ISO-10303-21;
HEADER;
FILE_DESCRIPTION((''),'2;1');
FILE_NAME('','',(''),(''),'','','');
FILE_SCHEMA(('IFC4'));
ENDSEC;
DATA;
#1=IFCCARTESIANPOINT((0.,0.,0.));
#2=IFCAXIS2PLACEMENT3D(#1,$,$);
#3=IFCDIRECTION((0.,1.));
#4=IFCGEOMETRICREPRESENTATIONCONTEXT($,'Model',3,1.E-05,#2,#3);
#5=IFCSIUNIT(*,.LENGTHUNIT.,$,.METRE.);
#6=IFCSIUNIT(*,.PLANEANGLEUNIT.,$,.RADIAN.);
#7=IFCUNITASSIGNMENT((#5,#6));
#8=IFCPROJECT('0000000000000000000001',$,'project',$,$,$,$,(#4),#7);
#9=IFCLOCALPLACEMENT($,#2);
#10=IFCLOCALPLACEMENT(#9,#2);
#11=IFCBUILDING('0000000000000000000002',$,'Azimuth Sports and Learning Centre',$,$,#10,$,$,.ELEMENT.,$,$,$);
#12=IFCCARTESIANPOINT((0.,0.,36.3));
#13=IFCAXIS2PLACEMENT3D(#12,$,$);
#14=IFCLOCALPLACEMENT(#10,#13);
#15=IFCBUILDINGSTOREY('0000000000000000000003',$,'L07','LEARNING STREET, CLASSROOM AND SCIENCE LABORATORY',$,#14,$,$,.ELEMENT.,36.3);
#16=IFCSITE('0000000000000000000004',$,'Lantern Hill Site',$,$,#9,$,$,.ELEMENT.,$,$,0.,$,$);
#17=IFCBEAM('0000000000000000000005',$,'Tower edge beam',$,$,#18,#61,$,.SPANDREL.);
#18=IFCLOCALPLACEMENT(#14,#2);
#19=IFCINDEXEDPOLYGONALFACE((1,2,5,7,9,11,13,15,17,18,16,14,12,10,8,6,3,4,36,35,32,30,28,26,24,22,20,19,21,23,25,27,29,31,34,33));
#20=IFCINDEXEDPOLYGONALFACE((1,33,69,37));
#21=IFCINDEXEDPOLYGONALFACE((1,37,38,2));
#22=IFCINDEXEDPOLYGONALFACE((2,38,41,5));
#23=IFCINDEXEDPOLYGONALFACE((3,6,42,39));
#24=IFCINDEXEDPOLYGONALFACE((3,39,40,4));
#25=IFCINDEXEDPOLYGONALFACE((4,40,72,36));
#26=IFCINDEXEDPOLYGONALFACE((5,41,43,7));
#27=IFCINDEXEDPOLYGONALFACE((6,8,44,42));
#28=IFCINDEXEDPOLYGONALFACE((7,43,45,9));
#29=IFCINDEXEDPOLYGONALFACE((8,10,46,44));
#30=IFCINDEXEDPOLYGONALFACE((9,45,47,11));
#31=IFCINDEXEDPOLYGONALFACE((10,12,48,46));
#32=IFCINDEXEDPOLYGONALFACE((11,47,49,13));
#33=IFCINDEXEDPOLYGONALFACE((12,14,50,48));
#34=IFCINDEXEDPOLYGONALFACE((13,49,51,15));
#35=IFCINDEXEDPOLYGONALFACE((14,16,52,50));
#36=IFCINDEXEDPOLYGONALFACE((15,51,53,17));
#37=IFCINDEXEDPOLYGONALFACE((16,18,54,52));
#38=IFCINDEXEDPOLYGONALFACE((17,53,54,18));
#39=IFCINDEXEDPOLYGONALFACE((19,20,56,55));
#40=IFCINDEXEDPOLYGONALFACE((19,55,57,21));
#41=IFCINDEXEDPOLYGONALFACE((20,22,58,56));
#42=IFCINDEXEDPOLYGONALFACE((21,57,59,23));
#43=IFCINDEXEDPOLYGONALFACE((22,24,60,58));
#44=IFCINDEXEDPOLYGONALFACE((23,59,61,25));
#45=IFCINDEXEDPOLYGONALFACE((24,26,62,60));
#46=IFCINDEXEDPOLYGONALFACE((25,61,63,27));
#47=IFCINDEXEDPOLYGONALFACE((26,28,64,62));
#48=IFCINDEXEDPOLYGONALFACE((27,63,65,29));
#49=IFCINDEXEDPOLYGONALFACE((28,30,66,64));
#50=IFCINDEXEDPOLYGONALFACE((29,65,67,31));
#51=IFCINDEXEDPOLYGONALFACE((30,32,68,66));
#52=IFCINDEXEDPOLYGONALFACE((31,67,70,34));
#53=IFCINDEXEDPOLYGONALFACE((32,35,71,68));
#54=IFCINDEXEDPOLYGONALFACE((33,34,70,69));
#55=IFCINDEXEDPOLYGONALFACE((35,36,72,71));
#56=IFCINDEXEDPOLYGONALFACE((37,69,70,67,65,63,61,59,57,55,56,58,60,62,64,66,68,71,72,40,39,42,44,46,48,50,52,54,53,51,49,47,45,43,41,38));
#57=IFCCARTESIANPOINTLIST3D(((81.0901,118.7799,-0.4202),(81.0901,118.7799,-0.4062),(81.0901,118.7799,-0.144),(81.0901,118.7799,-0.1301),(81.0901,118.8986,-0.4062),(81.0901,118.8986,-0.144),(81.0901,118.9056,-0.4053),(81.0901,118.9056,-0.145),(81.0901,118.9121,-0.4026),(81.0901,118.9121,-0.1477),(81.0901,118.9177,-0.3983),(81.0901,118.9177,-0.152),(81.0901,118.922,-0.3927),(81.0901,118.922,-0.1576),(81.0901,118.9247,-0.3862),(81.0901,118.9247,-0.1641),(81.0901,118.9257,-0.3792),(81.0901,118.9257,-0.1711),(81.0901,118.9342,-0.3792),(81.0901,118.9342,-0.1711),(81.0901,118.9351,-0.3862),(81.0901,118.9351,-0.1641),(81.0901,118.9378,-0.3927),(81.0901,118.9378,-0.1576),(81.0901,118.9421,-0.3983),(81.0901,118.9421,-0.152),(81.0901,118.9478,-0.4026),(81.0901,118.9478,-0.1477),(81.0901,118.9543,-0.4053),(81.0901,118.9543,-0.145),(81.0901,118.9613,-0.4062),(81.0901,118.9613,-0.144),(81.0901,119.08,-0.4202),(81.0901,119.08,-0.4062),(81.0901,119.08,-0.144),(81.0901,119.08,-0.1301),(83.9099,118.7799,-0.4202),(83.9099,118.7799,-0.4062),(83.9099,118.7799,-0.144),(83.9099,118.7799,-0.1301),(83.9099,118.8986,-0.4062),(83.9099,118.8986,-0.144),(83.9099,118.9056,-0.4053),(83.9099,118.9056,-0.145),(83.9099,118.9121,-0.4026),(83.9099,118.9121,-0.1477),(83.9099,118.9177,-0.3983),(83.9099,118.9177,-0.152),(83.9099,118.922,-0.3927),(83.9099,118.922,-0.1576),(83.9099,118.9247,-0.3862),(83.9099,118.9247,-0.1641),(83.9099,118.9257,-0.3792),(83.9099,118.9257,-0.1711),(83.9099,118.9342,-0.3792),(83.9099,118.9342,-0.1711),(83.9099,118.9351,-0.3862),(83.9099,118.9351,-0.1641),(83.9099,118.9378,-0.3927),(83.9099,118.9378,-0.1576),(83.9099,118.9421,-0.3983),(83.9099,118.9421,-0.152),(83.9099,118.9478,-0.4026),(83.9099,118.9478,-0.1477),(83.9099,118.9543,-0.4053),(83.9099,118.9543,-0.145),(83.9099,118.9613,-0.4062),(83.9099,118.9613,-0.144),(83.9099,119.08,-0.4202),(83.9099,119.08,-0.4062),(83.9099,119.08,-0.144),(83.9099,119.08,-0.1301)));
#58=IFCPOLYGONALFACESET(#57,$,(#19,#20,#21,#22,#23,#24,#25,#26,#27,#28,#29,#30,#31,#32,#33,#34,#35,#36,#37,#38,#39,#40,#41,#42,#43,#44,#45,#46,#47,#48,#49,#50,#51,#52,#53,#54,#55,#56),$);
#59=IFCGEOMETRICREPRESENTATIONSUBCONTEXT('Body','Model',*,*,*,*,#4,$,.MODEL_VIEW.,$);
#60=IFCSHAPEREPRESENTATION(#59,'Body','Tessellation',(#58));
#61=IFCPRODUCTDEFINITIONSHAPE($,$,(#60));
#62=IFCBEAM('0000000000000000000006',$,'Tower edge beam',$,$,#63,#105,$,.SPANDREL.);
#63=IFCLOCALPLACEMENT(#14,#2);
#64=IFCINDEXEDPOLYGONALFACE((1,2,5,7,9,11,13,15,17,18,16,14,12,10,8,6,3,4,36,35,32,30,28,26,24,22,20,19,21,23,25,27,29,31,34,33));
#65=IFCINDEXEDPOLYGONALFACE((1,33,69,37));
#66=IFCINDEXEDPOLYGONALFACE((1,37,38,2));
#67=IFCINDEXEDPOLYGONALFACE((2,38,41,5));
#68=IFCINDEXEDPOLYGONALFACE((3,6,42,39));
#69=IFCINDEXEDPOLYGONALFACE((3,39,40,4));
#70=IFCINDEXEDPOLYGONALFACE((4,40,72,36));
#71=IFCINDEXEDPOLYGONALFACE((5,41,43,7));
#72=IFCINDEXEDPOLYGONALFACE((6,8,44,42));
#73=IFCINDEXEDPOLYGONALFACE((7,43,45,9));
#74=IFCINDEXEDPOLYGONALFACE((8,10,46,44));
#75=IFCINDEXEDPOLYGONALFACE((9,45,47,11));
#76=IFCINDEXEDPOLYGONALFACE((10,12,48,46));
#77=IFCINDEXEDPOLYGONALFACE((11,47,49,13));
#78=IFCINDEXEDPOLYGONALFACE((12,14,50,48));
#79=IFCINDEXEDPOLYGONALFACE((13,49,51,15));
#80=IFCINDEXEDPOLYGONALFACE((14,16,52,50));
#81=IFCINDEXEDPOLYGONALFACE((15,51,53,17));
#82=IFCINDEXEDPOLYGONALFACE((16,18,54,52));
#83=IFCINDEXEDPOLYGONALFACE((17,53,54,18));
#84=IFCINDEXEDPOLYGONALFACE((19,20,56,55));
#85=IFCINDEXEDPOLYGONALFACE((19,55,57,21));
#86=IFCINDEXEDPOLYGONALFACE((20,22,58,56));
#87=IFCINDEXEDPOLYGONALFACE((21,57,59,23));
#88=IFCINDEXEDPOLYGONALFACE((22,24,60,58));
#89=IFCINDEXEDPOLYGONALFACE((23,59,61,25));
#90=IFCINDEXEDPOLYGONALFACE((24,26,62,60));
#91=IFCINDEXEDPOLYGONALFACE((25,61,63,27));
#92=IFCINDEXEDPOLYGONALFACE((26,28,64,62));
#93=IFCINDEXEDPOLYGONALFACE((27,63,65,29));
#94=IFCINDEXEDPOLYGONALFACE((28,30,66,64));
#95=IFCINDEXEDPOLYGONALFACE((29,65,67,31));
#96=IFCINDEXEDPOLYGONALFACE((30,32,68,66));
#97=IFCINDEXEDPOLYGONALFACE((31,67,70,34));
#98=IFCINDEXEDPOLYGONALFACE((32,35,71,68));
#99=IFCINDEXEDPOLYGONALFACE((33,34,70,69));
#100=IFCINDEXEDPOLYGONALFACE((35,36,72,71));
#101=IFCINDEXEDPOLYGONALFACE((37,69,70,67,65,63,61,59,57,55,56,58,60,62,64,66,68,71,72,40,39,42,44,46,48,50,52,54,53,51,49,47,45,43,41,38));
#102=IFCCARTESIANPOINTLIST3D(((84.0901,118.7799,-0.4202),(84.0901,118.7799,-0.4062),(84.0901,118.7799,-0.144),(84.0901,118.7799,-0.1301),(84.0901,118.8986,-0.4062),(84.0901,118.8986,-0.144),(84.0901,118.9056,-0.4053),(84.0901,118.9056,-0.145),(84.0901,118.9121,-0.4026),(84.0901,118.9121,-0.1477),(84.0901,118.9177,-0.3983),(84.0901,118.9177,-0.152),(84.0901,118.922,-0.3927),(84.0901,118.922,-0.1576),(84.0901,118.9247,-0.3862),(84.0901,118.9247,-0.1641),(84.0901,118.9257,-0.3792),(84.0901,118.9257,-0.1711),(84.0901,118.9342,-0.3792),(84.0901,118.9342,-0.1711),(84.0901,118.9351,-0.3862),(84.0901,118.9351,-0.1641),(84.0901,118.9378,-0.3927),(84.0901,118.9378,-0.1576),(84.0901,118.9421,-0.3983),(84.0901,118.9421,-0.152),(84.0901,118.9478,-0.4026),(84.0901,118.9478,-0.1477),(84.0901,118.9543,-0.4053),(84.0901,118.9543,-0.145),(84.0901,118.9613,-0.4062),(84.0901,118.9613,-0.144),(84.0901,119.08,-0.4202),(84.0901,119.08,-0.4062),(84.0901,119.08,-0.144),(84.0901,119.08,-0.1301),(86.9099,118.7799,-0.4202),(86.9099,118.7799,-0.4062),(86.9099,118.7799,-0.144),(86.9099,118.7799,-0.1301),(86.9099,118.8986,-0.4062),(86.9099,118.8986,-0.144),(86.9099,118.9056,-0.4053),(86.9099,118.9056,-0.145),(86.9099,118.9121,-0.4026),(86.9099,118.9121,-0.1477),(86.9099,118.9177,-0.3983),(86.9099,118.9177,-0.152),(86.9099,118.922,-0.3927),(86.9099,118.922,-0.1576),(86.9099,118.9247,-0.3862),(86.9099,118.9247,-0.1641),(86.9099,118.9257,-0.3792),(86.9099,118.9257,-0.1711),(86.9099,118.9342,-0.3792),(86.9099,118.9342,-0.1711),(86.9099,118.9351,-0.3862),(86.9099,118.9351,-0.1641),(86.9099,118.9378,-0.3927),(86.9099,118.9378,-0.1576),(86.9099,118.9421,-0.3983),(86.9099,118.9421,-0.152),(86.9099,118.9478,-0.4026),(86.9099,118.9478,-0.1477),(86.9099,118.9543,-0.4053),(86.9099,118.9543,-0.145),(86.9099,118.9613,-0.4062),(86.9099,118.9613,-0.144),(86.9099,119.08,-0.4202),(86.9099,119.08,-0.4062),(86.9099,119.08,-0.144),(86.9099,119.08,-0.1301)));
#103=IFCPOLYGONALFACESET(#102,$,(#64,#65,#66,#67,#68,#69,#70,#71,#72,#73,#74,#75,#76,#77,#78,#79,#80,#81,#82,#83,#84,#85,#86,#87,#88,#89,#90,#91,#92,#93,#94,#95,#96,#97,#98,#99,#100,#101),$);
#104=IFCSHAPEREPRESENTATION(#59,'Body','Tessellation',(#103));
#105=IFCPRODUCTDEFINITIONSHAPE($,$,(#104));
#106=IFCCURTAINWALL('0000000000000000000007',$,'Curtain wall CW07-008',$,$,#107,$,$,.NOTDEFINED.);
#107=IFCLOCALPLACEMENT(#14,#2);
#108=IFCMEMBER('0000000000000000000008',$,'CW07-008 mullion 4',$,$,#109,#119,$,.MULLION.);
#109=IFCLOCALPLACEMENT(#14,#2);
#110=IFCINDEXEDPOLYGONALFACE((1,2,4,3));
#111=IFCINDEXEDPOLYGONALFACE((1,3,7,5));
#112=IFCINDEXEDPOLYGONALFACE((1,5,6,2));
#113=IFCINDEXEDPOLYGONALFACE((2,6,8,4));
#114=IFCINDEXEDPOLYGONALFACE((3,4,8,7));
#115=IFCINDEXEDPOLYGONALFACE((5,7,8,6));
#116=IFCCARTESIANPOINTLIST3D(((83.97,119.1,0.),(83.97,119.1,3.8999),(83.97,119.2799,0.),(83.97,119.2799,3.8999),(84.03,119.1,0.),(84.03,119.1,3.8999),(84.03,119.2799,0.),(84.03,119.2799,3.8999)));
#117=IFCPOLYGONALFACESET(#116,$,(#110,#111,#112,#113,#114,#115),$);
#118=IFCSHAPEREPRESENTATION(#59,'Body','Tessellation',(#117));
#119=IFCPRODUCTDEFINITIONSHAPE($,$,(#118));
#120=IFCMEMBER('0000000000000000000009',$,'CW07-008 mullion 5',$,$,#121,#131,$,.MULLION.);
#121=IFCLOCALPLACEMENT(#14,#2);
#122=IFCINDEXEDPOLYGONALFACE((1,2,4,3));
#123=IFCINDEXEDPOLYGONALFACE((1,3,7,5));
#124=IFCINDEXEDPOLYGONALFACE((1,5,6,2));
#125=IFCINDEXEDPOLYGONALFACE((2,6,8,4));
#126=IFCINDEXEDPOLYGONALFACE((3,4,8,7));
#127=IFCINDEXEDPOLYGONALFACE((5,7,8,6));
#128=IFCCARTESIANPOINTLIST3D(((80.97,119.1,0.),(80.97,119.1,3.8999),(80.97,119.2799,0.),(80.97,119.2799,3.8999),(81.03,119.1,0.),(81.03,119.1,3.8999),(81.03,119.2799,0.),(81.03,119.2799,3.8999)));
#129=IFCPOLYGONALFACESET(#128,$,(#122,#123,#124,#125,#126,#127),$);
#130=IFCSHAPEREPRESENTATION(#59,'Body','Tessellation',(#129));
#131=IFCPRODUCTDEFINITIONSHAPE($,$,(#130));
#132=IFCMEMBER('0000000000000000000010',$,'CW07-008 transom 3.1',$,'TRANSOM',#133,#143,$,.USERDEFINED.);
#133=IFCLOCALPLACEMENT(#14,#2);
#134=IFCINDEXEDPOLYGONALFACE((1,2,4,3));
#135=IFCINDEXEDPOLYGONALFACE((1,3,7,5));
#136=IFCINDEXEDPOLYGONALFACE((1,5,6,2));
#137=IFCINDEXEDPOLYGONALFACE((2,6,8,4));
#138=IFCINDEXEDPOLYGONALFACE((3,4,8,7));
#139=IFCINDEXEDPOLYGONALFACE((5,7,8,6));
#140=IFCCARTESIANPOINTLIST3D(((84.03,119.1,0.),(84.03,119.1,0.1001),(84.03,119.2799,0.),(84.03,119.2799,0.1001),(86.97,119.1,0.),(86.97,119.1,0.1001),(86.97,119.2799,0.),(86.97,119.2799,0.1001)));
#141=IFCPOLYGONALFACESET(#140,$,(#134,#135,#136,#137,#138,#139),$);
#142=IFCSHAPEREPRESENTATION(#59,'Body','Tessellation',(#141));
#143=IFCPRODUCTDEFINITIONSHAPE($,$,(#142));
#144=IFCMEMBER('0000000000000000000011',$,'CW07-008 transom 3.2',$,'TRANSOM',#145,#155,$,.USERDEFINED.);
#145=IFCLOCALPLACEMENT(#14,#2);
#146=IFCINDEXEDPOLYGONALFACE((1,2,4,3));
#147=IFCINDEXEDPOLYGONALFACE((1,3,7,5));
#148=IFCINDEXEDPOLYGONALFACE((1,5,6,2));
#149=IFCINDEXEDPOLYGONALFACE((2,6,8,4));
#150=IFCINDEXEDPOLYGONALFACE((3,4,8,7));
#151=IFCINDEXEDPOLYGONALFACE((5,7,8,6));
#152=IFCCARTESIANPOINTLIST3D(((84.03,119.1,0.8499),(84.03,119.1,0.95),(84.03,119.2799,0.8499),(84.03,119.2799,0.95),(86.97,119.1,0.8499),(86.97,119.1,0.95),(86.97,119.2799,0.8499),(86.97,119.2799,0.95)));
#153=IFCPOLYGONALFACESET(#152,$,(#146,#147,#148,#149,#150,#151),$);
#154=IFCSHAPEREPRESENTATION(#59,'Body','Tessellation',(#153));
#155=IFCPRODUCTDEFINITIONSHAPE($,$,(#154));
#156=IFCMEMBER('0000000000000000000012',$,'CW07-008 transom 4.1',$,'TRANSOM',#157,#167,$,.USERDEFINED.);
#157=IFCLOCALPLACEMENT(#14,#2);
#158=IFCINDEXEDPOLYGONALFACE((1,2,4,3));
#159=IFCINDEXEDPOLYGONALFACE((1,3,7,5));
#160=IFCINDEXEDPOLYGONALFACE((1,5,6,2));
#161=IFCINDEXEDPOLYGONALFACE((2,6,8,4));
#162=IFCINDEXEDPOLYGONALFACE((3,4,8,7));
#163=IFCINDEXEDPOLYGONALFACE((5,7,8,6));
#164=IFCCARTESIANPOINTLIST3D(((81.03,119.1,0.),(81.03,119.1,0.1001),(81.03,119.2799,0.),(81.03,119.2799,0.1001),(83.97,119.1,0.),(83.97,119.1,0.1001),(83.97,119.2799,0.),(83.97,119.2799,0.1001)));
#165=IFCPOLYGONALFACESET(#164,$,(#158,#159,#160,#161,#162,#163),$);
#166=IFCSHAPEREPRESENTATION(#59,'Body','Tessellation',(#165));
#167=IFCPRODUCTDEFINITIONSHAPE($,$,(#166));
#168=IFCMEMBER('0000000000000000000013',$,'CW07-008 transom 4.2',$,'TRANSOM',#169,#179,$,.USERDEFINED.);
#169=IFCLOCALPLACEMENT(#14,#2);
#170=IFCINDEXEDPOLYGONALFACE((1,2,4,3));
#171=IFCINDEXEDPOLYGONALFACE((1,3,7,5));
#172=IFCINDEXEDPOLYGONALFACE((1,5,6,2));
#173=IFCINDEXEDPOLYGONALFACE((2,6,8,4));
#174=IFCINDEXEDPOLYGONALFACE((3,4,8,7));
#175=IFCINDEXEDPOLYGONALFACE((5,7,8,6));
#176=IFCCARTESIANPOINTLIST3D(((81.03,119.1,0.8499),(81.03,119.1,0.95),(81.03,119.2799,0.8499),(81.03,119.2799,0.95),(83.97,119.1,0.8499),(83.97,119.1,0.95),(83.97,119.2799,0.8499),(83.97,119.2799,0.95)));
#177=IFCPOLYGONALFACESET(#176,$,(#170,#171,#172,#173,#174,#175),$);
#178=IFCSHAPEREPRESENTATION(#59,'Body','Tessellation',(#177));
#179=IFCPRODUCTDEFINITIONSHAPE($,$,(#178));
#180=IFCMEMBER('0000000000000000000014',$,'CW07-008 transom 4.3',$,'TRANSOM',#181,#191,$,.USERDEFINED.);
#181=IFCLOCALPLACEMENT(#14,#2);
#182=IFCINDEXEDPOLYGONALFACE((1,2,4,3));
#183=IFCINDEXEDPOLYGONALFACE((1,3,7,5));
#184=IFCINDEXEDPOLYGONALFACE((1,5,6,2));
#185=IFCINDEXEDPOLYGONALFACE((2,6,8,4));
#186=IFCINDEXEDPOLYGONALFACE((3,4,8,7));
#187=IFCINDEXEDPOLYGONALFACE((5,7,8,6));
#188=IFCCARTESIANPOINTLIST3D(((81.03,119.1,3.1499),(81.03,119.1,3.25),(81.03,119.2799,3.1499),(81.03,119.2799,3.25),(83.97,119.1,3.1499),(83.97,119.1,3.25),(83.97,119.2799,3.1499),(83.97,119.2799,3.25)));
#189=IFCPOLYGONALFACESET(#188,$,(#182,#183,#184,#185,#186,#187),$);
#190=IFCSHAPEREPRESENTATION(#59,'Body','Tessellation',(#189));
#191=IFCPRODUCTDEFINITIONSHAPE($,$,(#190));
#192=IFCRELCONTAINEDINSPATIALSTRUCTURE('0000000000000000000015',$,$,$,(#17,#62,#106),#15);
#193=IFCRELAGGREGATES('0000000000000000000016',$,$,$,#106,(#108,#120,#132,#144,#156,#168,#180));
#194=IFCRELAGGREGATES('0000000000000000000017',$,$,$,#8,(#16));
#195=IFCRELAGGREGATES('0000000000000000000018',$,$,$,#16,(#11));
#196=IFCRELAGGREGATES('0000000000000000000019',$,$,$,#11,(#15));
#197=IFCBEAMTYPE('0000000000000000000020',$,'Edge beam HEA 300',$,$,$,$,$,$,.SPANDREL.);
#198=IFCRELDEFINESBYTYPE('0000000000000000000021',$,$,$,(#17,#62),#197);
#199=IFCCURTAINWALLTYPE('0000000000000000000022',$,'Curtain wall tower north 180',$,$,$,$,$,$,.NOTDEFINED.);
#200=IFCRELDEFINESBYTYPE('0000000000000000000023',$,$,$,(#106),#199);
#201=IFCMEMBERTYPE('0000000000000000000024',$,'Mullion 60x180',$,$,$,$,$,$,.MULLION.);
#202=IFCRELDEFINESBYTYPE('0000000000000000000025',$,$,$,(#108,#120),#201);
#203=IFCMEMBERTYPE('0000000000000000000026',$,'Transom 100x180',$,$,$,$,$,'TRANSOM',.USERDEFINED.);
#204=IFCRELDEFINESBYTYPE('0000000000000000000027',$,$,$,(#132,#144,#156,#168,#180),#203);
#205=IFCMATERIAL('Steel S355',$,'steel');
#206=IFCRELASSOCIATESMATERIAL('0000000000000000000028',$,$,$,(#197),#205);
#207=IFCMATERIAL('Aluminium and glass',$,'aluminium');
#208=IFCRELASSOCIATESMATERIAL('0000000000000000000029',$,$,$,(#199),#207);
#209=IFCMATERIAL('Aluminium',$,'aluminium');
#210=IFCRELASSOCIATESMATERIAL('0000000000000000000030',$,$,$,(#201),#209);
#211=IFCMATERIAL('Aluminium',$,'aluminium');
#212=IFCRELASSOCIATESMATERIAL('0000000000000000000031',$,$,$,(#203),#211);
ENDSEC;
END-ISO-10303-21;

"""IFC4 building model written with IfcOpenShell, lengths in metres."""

from ifc_helpers import new_model, si_unit, direction, frame, origin, origin_2d, place, context, subcontext, project, spatial, rectangle, i_section, extrude, material, material_profile, profile_set, type_object, element, aggregate, save


model = new_model("IFC4")

# Units and contexts
model_context = context("Model", 3, precision=1e-05, world=origin(), true_north=direction((0.0, 1.0)))
body_context = subcontext(model_context, "Body", "Model", "MODEL_VIEW")
ifc_project = project(units=[si_unit("LENGTHUNIT", "METRE"), si_unit("PLANEANGLEUNIT", "RADIAN")], contexts=[model_context])

# Site, building, storey
site_placement = place(None, origin())
site = spatial("IfcSite", under=ifc_project, at=site_placement, Name="Lantern Hill Site", CompositionType="ELEMENT", RefElevation=0.0)
building_placement = place(site_placement, origin())
building = spatial("IfcBuilding", under=site, at=building_placement, Name="Azimuth Sports and Learning Centre", CompositionType="ELEMENT")
storey_placement = place(building_placement, frame((0.0, 0.0, 36.3)))
storey = spatial("IfcBuildingStorey", under=building, at=storey_placement, Name="L07", Description="LEARNING STREET, CLASSROOM AND SCIENCE LABORATORY", CompositionType="ELEMENT", Elevation=36.3)

# Beams
ifc_material_1 = material(Name="Steel S355", Category="steel")
ifc_material_profile_1 = material_profile(ifc_material_1, i_section(OverallWidth=0.3, OverallDepth=0.29, WebThickness=0.0085, FlangeThickness=0.0139, FilletRadius=0.0271, at=origin_2d()), Name="HEA 300")
ifc_profile_set_1 = profile_set([ifc_material_profile_1], Name="Steel S355")
beam_type = type_object("IfcBeamType", Name="Edge beam HEA 300", PredefinedType="SPANDREL", material=ifc_profile_set_1)
for number, where, z_axis, x_axis, name in (
    (1, (81.0901, 118.9299, -0.2751), (1.0, 0.0, 0.0), (0.0, 1.0, 0.0), "Tower edge beam"),
    (2, (84.0901, 118.9299, -0.2751), (1.0, 0.0, 0.0), (0.0, 1.0, 0.0), "Tower edge beam"),
):
    element("IfcBeam", number, at=place(storey_placement, frame(where, z_axis=z_axis, x_axis=x_axis)), inside=storey, type_object=beam_type, Name=name, PredefinedType="SPANDREL", context=body_context, shape_type="SweptSolid", body=[
        extrude(i_section(OverallWidth=0.3, OverallDepth=0.29, WebThickness=0.0085, FlangeThickness=0.0139, FilletRadius=0.0271, at=origin_2d()), origin(), (0.0, 0.0, 1.0), 2.8198),
    ])

# Curtain wall, members
ifc_material_2 = material(Name="Aluminium and glass", Category="aluminium")
curtain_wall_type = type_object("IfcCurtainWallType", Name="Curtain wall tower north 180", PredefinedType="NOTDEFINED", material=ifc_material_2)
curtain_wall_placement = place(storey_placement, origin())
curtain_wall = element("IfcCurtainWall", 3, at=curtain_wall_placement, inside=storey, type_object=curtain_wall_type, Name="Curtain wall CW07-008", PredefinedType="NOTDEFINED")
ifc_material_3 = material(Name="Aluminium", Category="aluminium")
ifc_material_profile_2 = material_profile(ifc_material_3, rectangle(XDim=0.1799, YDim=0.0601, at=origin_2d()), Name="Mullion 60x180")
ifc_profile_set_2 = profile_set([ifc_material_profile_2], Name="Aluminium")
member_type_1 = type_object("IfcMemberType", Name="Mullion 60x180", PredefinedType="MULLION", material=ifc_profile_set_2)
member_1_placement = place(storey_placement, frame((84.0, 119.1899, 0.0), z_axis=(0.0, 0.0, 1.0), x_axis=(0.0, -1.0, 0.0)))
member_1 = element("IfcMember", 4, at=member_1_placement, type_object=member_type_1, Name="CW07-008 mullion 4", PredefinedType="MULLION", context=body_context, shape_type="SweptSolid", body=[
    extrude(rectangle(XDim=0.1799, YDim=0.0601, at=origin_2d()), origin(), (0.0, 0.0, 1.0), 3.8999),
])
member_2_placement = place(storey_placement, frame((81.0, 119.1899, 0.0), z_axis=(0.0, 0.0, 1.0), x_axis=(0.0, -1.0, 0.0)))
member_2 = element("IfcMember", 5, at=member_2_placement, type_object=member_type_1, Name="CW07-008 mullion 5", PredefinedType="MULLION", context=body_context, shape_type="SweptSolid", body=[
    extrude(rectangle(XDim=0.1799, YDim=0.0601, at=origin_2d()), origin(), (0.0, 0.0, 1.0), 3.8999),
])
ifc_material_4 = material(Name="Aluminium", Category="aluminium")
ifc_material_profile_3 = material_profile(ifc_material_4, rectangle(XDim=0.1799, YDim=0.1001, at=origin_2d()), Name="Transom 100x180")
ifc_profile_set_3 = profile_set([ifc_material_profile_3], Name="Aluminium")
member_type_2 = type_object("IfcMemberType", Name="Transom 100x180", ElementType="TRANSOM", PredefinedType="USERDEFINED", material=ifc_profile_set_3)
member_3_placement = place(storey_placement, frame((86.97, 119.1899, 0.05), z_axis=(-1.0, 0.0, 0.0), x_axis=(0.0, -1.0, 0.0)))
member_3 = element("IfcMember", 6, at=member_3_placement, type_object=member_type_2, Name="CW07-008 transom 3.1", ObjectType="TRANSOM", PredefinedType="USERDEFINED", context=body_context, shape_type="SweptSolid", body=[
    extrude(rectangle(XDim=0.1799, YDim=0.1001, at=origin_2d()), origin(), (0.0, 0.0, 1.0), 2.9399),
])
member_4_placement = place(storey_placement, frame((86.97, 119.1899, 0.8999), z_axis=(-1.0, 0.0, 0.0), x_axis=(0.0, -1.0, 0.0)))
member_4 = element("IfcMember", 7, at=member_4_placement, type_object=member_type_2, Name="CW07-008 transom 3.2", ObjectType="TRANSOM", PredefinedType="USERDEFINED", context=body_context, shape_type="SweptSolid", body=[
    extrude(rectangle(XDim=0.1799, YDim=0.1001, at=origin_2d()), origin(), (0.0, 0.0, 1.0), 2.9399),
])
member_5_placement = place(storey_placement, frame((83.97, 119.1899, 0.05), z_axis=(-1.0, 0.0, 0.0), x_axis=(0.0, -1.0, 0.0)))
member_5 = element("IfcMember", 8, at=member_5_placement, type_object=member_type_2, Name="CW07-008 transom 4.1", ObjectType="TRANSOM", PredefinedType="USERDEFINED", context=body_context, shape_type="SweptSolid", body=[
    extrude(rectangle(XDim=0.1799, YDim=0.1001, at=origin_2d()), origin(), (0.0, 0.0, 1.0), 2.9399),
])
member_6_placement = place(storey_placement, frame((83.97, 119.1899, 0.8999), z_axis=(-1.0, 0.0, 0.0), x_axis=(0.0, -1.0, 0.0)))
member_6 = element("IfcMember", 9, at=member_6_placement, type_object=member_type_2, Name="CW07-008 transom 4.2", ObjectType="TRANSOM", PredefinedType="USERDEFINED", context=body_context, shape_type="SweptSolid", body=[
    extrude(rectangle(XDim=0.1799, YDim=0.1001, at=origin_2d()), origin(), (0.0, 0.0, 1.0), 2.9399),
])
member_7_placement = place(storey_placement, frame((83.97, 119.1899, 3.2), z_axis=(-1.0, 0.0, 0.0), x_axis=(0.0, -1.0, 0.0)))
member_7 = element("IfcMember", 10, at=member_7_placement, type_object=member_type_2, Name="CW07-008 transom 4.3", ObjectType="TRANSOM", PredefinedType="USERDEFINED", context=body_context, shape_type="SweptSolid", body=[
    extrude(rectangle(XDim=0.1799, YDim=0.1001, at=origin_2d()), origin(), (0.0, 0.0, 1.0), 2.9399),
])
aggregate(curtain_wall, [member_1, member_2, member_3, member_4, member_5, member_6, member_7])

save(model, "model.ifc")
